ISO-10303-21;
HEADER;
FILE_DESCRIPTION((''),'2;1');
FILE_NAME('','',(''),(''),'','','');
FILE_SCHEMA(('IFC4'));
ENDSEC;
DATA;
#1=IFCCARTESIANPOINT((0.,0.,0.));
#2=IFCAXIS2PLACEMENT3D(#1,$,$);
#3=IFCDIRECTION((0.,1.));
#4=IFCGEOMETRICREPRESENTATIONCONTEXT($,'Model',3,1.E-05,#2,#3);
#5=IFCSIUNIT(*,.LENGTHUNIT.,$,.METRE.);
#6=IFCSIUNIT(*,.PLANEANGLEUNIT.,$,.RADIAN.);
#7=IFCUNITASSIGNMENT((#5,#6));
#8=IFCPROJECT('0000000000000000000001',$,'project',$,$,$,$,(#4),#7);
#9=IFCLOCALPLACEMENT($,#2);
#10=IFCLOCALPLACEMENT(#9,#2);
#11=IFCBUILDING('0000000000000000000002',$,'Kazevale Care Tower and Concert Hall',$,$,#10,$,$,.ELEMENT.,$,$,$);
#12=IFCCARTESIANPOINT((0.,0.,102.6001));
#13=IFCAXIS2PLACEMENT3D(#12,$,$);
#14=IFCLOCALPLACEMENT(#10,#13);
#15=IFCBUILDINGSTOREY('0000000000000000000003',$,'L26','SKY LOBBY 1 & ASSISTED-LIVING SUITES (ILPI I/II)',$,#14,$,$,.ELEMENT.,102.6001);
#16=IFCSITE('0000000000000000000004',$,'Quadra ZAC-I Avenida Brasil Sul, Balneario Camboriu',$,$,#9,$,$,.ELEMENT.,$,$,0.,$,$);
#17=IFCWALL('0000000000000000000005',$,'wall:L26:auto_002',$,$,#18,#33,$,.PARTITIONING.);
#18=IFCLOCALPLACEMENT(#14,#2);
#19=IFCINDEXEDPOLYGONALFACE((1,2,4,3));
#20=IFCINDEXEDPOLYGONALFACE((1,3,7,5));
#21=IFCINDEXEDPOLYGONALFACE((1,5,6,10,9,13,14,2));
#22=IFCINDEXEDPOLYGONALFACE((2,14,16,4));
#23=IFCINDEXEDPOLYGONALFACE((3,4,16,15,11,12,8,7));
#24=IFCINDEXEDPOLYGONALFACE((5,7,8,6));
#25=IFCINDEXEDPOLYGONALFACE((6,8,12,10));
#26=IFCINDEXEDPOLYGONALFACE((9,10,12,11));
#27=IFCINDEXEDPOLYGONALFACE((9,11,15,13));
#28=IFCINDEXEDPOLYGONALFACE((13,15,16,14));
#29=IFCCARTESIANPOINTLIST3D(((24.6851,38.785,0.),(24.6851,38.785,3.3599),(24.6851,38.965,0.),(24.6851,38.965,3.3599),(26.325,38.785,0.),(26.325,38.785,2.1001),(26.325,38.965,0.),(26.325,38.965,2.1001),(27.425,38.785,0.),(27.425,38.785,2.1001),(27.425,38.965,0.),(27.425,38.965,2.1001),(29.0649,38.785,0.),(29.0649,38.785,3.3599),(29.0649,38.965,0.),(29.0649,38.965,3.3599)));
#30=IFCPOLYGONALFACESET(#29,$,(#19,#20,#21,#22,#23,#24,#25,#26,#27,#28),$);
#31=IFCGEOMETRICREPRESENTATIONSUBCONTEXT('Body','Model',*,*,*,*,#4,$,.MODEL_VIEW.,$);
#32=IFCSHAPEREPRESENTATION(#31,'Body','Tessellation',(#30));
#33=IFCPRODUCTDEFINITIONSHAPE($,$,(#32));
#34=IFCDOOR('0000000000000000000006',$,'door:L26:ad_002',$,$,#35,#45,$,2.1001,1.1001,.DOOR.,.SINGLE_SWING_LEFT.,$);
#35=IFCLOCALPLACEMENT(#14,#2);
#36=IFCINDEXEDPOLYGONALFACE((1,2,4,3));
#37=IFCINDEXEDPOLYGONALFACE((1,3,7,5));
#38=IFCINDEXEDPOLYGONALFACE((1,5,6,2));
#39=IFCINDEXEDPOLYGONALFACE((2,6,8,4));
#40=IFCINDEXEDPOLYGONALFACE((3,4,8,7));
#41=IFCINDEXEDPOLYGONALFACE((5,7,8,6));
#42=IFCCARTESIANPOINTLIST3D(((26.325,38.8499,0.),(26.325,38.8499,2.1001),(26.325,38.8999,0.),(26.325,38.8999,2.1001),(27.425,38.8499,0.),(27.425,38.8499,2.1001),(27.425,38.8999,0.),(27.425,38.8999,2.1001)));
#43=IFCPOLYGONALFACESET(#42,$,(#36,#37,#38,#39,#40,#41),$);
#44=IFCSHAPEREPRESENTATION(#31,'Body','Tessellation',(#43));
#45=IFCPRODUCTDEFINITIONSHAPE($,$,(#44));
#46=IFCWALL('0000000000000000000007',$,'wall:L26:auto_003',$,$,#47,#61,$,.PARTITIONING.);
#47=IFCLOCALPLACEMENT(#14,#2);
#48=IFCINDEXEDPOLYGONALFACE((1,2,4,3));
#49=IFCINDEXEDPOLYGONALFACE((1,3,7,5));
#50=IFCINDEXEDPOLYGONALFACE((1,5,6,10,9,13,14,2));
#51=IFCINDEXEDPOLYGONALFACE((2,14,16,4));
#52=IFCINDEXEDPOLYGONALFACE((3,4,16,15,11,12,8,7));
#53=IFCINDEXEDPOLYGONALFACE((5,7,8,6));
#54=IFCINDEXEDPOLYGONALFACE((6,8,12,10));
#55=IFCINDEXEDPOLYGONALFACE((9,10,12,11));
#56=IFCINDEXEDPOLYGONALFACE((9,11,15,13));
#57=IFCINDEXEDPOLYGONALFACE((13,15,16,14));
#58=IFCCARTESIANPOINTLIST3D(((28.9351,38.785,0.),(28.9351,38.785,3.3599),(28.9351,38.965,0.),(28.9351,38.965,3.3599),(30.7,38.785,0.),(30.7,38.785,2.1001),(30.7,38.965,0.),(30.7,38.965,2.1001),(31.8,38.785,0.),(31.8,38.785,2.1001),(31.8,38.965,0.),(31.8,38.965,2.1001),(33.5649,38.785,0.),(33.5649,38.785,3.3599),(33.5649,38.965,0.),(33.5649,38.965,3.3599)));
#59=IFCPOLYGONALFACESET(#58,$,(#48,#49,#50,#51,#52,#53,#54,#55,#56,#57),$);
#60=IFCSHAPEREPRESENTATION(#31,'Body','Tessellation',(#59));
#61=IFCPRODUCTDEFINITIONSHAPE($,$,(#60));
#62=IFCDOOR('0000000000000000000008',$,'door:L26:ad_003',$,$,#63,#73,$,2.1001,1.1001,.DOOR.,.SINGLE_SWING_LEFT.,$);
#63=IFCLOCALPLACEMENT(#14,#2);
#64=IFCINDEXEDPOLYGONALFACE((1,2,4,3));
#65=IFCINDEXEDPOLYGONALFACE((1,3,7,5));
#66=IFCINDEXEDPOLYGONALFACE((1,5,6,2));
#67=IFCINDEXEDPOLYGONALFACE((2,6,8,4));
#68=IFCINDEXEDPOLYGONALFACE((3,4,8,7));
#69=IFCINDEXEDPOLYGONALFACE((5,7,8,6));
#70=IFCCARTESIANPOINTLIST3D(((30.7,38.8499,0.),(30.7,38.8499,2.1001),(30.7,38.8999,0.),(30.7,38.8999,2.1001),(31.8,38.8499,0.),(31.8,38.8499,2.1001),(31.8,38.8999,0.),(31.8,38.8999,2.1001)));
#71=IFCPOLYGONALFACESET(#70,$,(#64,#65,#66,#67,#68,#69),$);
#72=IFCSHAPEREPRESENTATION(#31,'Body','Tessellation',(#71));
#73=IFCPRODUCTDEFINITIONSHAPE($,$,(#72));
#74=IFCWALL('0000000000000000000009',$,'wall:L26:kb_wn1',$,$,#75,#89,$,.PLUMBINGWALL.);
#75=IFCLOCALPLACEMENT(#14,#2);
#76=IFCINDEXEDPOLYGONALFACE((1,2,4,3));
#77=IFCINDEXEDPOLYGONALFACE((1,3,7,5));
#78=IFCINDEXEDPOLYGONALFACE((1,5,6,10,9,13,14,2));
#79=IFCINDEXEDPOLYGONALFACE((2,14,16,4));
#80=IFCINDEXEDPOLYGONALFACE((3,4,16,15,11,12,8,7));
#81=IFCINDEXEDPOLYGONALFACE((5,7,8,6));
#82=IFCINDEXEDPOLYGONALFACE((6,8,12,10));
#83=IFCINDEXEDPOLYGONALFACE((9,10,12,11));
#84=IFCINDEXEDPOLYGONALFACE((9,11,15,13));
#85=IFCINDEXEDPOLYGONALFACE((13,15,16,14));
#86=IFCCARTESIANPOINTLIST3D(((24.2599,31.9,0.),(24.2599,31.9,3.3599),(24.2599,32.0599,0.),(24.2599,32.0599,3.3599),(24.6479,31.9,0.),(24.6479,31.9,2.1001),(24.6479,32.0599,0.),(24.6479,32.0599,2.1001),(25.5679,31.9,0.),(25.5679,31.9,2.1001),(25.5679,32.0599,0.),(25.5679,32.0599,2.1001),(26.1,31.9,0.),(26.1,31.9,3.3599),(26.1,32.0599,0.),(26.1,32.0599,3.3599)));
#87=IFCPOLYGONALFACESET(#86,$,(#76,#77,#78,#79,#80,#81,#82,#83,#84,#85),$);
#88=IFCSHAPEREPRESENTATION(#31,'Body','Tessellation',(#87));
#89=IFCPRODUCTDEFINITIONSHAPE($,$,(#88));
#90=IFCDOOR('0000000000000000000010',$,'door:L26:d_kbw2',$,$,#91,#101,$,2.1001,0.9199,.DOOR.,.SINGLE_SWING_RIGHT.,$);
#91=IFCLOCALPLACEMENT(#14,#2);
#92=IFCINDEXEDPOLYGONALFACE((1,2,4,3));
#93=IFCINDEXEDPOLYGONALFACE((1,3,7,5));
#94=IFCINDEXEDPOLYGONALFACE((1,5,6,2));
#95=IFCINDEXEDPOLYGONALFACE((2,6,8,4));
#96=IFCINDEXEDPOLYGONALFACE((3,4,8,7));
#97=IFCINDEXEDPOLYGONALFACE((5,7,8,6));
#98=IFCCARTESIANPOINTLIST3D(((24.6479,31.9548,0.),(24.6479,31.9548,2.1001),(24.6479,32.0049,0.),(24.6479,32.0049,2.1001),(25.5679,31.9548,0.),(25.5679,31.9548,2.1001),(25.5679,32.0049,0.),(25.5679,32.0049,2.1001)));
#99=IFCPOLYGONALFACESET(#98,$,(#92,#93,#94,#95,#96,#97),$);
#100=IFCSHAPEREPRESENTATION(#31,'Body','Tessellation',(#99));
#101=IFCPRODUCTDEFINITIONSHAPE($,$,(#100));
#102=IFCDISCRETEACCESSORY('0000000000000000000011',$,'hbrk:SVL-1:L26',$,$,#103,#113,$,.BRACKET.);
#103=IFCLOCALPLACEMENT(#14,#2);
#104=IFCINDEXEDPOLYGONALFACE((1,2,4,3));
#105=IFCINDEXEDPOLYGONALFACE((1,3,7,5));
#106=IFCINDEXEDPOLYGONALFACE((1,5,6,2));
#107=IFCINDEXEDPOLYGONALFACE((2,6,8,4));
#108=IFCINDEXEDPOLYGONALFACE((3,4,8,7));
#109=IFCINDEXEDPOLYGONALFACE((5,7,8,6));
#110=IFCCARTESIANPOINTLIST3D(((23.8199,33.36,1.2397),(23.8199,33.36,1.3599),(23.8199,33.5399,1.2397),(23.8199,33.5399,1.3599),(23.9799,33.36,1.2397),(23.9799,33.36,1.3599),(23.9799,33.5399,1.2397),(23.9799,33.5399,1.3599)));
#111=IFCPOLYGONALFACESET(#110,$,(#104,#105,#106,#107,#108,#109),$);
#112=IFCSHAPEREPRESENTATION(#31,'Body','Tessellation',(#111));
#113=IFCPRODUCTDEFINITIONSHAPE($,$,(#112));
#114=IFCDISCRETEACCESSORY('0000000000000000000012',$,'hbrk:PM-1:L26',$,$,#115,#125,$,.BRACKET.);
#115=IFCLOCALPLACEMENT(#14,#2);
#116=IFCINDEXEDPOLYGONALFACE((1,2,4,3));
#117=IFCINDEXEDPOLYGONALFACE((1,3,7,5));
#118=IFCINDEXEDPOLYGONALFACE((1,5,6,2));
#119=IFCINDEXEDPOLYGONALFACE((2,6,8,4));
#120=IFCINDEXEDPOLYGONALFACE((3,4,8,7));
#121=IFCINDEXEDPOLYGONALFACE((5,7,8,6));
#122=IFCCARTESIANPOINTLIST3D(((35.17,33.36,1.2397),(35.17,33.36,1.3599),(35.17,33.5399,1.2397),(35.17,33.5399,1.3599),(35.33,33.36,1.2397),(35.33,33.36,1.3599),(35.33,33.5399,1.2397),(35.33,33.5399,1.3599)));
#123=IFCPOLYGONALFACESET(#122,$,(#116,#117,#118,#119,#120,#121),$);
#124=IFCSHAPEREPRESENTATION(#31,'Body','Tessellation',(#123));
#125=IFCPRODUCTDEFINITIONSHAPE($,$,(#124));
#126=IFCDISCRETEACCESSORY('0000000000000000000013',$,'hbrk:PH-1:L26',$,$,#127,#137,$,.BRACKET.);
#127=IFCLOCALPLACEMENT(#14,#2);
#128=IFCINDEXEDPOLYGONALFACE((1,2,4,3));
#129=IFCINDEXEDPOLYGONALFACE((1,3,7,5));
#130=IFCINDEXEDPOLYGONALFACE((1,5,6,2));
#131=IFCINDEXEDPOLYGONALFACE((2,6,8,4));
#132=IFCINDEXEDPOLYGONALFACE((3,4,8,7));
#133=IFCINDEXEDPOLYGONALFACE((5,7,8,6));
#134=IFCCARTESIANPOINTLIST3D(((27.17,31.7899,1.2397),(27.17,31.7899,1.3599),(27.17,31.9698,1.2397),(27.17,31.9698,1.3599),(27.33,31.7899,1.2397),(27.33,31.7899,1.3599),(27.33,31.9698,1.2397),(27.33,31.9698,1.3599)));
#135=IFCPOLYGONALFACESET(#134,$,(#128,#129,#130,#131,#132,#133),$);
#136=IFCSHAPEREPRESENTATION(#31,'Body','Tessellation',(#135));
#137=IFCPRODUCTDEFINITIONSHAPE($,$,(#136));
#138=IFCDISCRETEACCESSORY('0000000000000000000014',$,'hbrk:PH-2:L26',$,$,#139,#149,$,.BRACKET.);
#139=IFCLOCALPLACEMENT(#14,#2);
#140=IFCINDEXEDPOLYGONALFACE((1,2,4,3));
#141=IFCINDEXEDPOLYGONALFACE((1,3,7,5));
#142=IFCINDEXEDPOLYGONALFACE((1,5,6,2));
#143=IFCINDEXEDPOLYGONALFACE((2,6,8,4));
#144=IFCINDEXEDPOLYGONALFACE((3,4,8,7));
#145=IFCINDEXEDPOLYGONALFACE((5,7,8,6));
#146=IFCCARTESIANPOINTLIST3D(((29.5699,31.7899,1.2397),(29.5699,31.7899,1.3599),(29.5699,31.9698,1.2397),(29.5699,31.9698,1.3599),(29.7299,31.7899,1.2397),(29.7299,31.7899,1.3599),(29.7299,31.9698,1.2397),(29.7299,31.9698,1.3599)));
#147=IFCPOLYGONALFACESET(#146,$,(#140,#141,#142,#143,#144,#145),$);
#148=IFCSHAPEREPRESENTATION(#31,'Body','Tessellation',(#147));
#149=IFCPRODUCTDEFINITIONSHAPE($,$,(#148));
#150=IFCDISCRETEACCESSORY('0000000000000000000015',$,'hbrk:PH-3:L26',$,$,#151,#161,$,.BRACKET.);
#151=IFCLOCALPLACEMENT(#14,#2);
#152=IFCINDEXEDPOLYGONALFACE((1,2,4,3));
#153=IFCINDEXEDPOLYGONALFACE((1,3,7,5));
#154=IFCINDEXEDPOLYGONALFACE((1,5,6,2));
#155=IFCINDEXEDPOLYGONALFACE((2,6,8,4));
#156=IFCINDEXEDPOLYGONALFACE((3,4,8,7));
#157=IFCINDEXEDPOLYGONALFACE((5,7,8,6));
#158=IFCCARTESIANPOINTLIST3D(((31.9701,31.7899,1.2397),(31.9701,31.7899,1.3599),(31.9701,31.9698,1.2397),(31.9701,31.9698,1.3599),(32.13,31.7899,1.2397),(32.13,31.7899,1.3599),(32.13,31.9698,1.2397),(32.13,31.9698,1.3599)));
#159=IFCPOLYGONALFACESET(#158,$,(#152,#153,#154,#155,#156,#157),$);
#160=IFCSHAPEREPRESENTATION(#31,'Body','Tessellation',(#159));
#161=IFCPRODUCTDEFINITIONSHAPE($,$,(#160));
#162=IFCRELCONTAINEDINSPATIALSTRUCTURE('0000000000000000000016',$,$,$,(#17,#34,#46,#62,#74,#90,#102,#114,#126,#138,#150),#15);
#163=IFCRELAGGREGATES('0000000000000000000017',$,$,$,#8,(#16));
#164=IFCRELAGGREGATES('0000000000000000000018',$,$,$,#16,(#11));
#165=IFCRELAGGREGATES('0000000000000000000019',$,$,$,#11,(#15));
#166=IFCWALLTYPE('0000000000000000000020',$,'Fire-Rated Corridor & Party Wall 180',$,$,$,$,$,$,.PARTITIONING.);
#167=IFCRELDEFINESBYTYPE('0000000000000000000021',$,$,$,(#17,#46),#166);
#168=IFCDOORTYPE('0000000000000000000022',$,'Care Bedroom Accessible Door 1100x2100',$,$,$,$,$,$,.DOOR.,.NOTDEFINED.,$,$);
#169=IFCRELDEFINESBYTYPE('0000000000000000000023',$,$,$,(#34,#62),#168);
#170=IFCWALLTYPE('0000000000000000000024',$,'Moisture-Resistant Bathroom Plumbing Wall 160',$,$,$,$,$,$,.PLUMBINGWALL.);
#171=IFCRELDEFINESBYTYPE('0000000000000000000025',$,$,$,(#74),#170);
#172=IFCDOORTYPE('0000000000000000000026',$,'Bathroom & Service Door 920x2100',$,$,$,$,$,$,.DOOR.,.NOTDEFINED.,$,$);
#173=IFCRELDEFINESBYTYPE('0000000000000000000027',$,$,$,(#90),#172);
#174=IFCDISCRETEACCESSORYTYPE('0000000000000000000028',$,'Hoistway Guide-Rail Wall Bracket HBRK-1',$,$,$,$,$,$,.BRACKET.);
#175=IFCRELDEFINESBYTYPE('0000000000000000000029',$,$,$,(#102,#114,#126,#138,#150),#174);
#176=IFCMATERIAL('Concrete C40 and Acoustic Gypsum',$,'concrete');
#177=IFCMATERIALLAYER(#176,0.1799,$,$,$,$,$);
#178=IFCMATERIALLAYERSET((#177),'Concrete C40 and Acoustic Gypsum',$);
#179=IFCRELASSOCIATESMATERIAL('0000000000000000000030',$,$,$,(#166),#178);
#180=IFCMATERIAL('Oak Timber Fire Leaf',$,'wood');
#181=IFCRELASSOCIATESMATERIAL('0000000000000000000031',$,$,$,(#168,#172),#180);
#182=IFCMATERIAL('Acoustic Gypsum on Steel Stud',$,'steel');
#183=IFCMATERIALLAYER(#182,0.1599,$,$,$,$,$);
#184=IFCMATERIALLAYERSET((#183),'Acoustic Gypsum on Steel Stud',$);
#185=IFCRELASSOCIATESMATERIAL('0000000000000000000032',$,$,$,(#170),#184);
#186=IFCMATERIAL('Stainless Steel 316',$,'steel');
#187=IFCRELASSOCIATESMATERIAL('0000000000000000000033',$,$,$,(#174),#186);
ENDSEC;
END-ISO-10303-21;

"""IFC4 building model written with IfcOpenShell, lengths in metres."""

from ifc_helpers import new_model, si_unit, direction, frame, frame_2d, origin, origin_2d, place, context, subcontext, project, spatial, rectangle, extrude, material, layer, layer_set, type_object, element, fill, save


model = new_model("IFC4")

# Units and contexts
model_context = context("Model", 3, precision=1e-05, world=origin(), true_north=direction((0.0, 1.0)))
body_context = subcontext(model_context, "Body", "Model", "MODEL_VIEW")
ifc_project = project(units=[si_unit("LENGTHUNIT", "METRE"), si_unit("PLANEANGLEUNIT", "RADIAN")], contexts=[model_context])

# Site, building, storey
site_placement = place(None, origin())
site = spatial("IfcSite", under=ifc_project, at=site_placement, Name="Quadra ZAC-I Avenida Brasil Sul, Balneario Camboriu", CompositionType="ELEMENT", RefElevation=0.0)
building_placement = place(site_placement, origin())
building = spatial("IfcBuilding", under=site, at=building_placement, Name="Kazevale Care Tower and Concert Hall", CompositionType="ELEMENT")
storey_placement = place(building_placement, frame((0.0, 0.0, 102.6001)))
storey = spatial("IfcBuildingStorey", under=building, at=storey_placement, Name="L26", Description="SKY LOBBY 1 & ASSISTED-LIVING SUITES (ILPI I/II)", CompositionType="ELEMENT", Elevation=102.6001)

# Shared definitions
ifc_material_1 = material(Name="Stainless Steel 316", Category="steel")

# Walls, openings, doors
ifc_material_2 = material(Name="Concrete C40 and Acoustic Gypsum", Category="concrete")
ifc_layer_1 = layer(ifc_material_2, 0.1799)
ifc_layer_set_1 = layer_set([ifc_layer_1], Name="Concrete C40 and Acoustic Gypsum")
wall_type_1 = type_object("IfcWallType", Name="Fire-Rated Corridor & Party Wall 180", PredefinedType="PARTITIONING", material=ifc_layer_set_1)
wall_1_placement = place(storey_placement, frame((24.6851, 38.875, 0.0), z_axis=(0.0, 0.0, 1.0), x_axis=(1.0, 0.0, 0.0)))
wall_1 = element("IfcWall", 1, at=wall_1_placement, inside=storey, type_object=wall_type_1, Name="wall:L26:auto_002", PredefinedType="PARTITIONING", context=body_context, shape_type="SweptSolid", body=[
    extrude(rectangle(XDim=4.3799, YDim=0.1799, at=frame_2d((2.1899, 0.0))), origin(), (0.0, 0.0, 1.0), 3.3599),
])
opening_1_placement = place(wall_1_placement, frame((1.6399, 0.0, 0.0)))
opening_1 = element("IfcOpeningElement", 2, at=opening_1_placement, cuts=wall_1, PredefinedType="OPENING", context=body_context, shape_type="SweptSolid", body=[
    extrude(rectangle(XDim=1.1001, YDim=2.1001, at=frame_2d((0.55, 1.05))), frame((0.0, 0.0999, 0.0), z_axis=(0.0, -1.0, 0.0), x_axis=(1.0, 0.0, 0.0)), (0.0, 0.0, 1.0), 0.2),
])
ifc_material_3 = material(Name="Oak Timber Fire Leaf", Category="wood")
door_type_1 = type_object("IfcDoorType", Name="Care Bedroom Accessible Door 1100x2100", OperationType="NOTDEFINED", PredefinedType="DOOR", material=ifc_material_3)
door_1_placement = place(opening_1_placement, origin())
door_1 = element("IfcDoor", 3, at=door_1_placement, inside=storey, type_object=door_type_1, Name="door:L26:ad_002", OperationType="SINGLE_SWING_LEFT", OverallHeight=2.1001, OverallWidth=1.1001, PredefinedType="DOOR", context=body_context, shape_type="SweptSolid", body=[
    extrude(rectangle(XDim=1.1001, YDim=2.1001, at=frame_2d((0.55, 1.05))), frame((0.0, 0.0249, 0.0), z_axis=(0.0, -1.0, 0.0), x_axis=(1.0, 0.0, 0.0)), (0.0, 0.0, 1.0), 0.05),
])
fill(opening_1, door_1)
wall_2_placement = place(storey_placement, frame((28.9351, 38.875, 0.0), z_axis=(0.0, 0.0, 1.0), x_axis=(1.0, 0.0, 0.0)))
wall_2 = element("IfcWall", 4, at=wall_2_placement, inside=storey, type_object=wall_type_1, Name="wall:L26:auto_003", PredefinedType="PARTITIONING", context=body_context, shape_type="SweptSolid", body=[
    extrude(rectangle(XDim=4.6299, YDim=0.1799, at=frame_2d((2.3149, 0.0))), origin(), (0.0, 0.0, 1.0), 3.3599),
])
opening_2_placement = place(wall_2_placement, frame((1.7649, 0.0, 0.0)))
opening_2 = element("IfcOpeningElement", 5, at=opening_2_placement, cuts=wall_2, PredefinedType="OPENING", context=body_context, shape_type="SweptSolid", body=[
    extrude(rectangle(XDim=1.1001, YDim=2.1001, at=frame_2d((0.55, 1.05))), frame((0.0, 0.0999, 0.0), z_axis=(0.0, -1.0, 0.0), x_axis=(1.0, 0.0, 0.0)), (0.0, 0.0, 1.0), 0.2),
])
door_2_placement = place(opening_2_placement, origin())
door_2 = element("IfcDoor", 6, at=door_2_placement, inside=storey, type_object=door_type_1, Name="door:L26:ad_003", OperationType="SINGLE_SWING_LEFT", OverallHeight=2.1001, OverallWidth=1.1001, PredefinedType="DOOR", context=body_context, shape_type="SweptSolid", body=[
    extrude(rectangle(XDim=1.1001, YDim=2.1001, at=frame_2d((0.55, 1.05))), frame((0.0, 0.0249, 0.0), z_axis=(0.0, -1.0, 0.0), x_axis=(1.0, 0.0, 0.0)), (0.0, 0.0, 1.0), 0.05),
])
fill(opening_2, door_2)
ifc_material_4 = material(Name="Acoustic Gypsum on Steel Stud", Category="steel")
ifc_layer_2 = layer(ifc_material_4, 0.1599)
ifc_layer_set_2 = layer_set([ifc_layer_2], Name="Acoustic Gypsum on Steel Stud")
wall_type_2 = type_object("IfcWallType", Name="Moisture-Resistant Bathroom Plumbing Wall 160", PredefinedType="PLUMBINGWALL", material=ifc_layer_set_2)
wall_3_placement = place(storey_placement, frame((24.26, 31.98, 0.0), z_axis=(0.0, 0.0, 1.0), x_axis=(1.0, 0.0, 0.0)))
wall_3 = element("IfcWall", 7, at=wall_3_placement, inside=storey, type_object=wall_type_2, Name="wall:L26:kb_wn1", PredefinedType="PLUMBINGWALL", context=body_context, shape_type="SweptSolid", body=[
    extrude(rectangle(XDim=1.8401, YDim=0.1599, at=frame_2d((0.9199, 0.0))), origin(), (0.0, 0.0, 1.0), 3.3599),
])
opening_3_placement = place(wall_3_placement, frame((0.3879, 0.0, 0.0)))
opening_3 = element("IfcOpeningElement", 8, at=opening_3_placement, cuts=wall_3, PredefinedType="OPENING", context=body_context, shape_type="SweptSolid", body=[
    extrude(rectangle(XDim=0.9199, YDim=2.1001, at=frame_2d((0.46, 1.05))), frame((0.0, 0.0898, 0.0), z_axis=(0.0, -1.0, 0.0), x_axis=(1.0, 0.0, 0.0)), (0.0, 0.0, 1.0), 0.1799),
])
door_type_2 = type_object("IfcDoorType", Name="Bathroom & Service Door 920x2100", OperationType="NOTDEFINED", PredefinedType="DOOR", material=ifc_material_3)
door_3_placement = place(opening_3_placement, origin())
door_3 = element("IfcDoor", 9, at=door_3_placement, inside=storey, type_object=door_type_2, Name="door:L26:d_kbw2", OperationType="SINGLE_SWING_RIGHT", OverallHeight=2.1001, OverallWidth=0.9199, PredefinedType="DOOR", context=body_context, shape_type="SweptSolid", body=[
    extrude(rectangle(XDim=0.9199, YDim=2.1001, at=frame_2d((0.46, 1.05))), frame((0.0, 0.0249, 0.0), z_axis=(0.0, -1.0, 0.0), x_axis=(1.0, 0.0, 0.0)), (0.0, 0.0, 1.0), 0.05),
])
fill(opening_3, door_3)

# Discrete accessories
discrete_accessory_type = type_object("IfcDiscreteAccessoryType", Name="Hoistway Guide-Rail Wall Bracket HBRK-1", PredefinedType="BRACKET", material=ifc_material_1)
for number, where, z_axis, x_axis, name in (
    (10, (23.8999, 33.45, 1.2397), (0.0, 0.0, 1.0), (1.0, 0.0, 0.0), "hbrk:SVL-1:L26"),
    (11, (35.25, 33.45, 1.2397), (0.0, 0.0, 1.0), (1.0, 0.0, 0.0), "hbrk:PM-1:L26"),
    (12, (27.25, 31.8799, 1.2397), (0.0, 0.0, 1.0), (1.0, 0.0, 0.0), "hbrk:PH-1:L26"),
    (13, (29.6499, 31.8799, 1.2397), (0.0, 0.0, 1.0), (1.0, 0.0, 0.0), "hbrk:PH-2:L26"),
    (14, (32.05, 31.8799, 1.2397), (0.0, 0.0, 1.0), (1.0, 0.0, 0.0), "hbrk:PH-3:L26"),
):
    element("IfcDiscreteAccessory", number, at=place(storey_placement, frame(where, z_axis=z_axis, x_axis=x_axis)), inside=storey, type_object=discrete_accessory_type, Name=name, PredefinedType="BRACKET", context=body_context, shape_type="SweptSolid", body=[
        extrude(rectangle(XDim=0.1599, YDim=0.1799, at=origin_2d()), origin(), (0.0, 0.0, 1.0), 0.1201),
    ])

save(model, "model.ifc")
